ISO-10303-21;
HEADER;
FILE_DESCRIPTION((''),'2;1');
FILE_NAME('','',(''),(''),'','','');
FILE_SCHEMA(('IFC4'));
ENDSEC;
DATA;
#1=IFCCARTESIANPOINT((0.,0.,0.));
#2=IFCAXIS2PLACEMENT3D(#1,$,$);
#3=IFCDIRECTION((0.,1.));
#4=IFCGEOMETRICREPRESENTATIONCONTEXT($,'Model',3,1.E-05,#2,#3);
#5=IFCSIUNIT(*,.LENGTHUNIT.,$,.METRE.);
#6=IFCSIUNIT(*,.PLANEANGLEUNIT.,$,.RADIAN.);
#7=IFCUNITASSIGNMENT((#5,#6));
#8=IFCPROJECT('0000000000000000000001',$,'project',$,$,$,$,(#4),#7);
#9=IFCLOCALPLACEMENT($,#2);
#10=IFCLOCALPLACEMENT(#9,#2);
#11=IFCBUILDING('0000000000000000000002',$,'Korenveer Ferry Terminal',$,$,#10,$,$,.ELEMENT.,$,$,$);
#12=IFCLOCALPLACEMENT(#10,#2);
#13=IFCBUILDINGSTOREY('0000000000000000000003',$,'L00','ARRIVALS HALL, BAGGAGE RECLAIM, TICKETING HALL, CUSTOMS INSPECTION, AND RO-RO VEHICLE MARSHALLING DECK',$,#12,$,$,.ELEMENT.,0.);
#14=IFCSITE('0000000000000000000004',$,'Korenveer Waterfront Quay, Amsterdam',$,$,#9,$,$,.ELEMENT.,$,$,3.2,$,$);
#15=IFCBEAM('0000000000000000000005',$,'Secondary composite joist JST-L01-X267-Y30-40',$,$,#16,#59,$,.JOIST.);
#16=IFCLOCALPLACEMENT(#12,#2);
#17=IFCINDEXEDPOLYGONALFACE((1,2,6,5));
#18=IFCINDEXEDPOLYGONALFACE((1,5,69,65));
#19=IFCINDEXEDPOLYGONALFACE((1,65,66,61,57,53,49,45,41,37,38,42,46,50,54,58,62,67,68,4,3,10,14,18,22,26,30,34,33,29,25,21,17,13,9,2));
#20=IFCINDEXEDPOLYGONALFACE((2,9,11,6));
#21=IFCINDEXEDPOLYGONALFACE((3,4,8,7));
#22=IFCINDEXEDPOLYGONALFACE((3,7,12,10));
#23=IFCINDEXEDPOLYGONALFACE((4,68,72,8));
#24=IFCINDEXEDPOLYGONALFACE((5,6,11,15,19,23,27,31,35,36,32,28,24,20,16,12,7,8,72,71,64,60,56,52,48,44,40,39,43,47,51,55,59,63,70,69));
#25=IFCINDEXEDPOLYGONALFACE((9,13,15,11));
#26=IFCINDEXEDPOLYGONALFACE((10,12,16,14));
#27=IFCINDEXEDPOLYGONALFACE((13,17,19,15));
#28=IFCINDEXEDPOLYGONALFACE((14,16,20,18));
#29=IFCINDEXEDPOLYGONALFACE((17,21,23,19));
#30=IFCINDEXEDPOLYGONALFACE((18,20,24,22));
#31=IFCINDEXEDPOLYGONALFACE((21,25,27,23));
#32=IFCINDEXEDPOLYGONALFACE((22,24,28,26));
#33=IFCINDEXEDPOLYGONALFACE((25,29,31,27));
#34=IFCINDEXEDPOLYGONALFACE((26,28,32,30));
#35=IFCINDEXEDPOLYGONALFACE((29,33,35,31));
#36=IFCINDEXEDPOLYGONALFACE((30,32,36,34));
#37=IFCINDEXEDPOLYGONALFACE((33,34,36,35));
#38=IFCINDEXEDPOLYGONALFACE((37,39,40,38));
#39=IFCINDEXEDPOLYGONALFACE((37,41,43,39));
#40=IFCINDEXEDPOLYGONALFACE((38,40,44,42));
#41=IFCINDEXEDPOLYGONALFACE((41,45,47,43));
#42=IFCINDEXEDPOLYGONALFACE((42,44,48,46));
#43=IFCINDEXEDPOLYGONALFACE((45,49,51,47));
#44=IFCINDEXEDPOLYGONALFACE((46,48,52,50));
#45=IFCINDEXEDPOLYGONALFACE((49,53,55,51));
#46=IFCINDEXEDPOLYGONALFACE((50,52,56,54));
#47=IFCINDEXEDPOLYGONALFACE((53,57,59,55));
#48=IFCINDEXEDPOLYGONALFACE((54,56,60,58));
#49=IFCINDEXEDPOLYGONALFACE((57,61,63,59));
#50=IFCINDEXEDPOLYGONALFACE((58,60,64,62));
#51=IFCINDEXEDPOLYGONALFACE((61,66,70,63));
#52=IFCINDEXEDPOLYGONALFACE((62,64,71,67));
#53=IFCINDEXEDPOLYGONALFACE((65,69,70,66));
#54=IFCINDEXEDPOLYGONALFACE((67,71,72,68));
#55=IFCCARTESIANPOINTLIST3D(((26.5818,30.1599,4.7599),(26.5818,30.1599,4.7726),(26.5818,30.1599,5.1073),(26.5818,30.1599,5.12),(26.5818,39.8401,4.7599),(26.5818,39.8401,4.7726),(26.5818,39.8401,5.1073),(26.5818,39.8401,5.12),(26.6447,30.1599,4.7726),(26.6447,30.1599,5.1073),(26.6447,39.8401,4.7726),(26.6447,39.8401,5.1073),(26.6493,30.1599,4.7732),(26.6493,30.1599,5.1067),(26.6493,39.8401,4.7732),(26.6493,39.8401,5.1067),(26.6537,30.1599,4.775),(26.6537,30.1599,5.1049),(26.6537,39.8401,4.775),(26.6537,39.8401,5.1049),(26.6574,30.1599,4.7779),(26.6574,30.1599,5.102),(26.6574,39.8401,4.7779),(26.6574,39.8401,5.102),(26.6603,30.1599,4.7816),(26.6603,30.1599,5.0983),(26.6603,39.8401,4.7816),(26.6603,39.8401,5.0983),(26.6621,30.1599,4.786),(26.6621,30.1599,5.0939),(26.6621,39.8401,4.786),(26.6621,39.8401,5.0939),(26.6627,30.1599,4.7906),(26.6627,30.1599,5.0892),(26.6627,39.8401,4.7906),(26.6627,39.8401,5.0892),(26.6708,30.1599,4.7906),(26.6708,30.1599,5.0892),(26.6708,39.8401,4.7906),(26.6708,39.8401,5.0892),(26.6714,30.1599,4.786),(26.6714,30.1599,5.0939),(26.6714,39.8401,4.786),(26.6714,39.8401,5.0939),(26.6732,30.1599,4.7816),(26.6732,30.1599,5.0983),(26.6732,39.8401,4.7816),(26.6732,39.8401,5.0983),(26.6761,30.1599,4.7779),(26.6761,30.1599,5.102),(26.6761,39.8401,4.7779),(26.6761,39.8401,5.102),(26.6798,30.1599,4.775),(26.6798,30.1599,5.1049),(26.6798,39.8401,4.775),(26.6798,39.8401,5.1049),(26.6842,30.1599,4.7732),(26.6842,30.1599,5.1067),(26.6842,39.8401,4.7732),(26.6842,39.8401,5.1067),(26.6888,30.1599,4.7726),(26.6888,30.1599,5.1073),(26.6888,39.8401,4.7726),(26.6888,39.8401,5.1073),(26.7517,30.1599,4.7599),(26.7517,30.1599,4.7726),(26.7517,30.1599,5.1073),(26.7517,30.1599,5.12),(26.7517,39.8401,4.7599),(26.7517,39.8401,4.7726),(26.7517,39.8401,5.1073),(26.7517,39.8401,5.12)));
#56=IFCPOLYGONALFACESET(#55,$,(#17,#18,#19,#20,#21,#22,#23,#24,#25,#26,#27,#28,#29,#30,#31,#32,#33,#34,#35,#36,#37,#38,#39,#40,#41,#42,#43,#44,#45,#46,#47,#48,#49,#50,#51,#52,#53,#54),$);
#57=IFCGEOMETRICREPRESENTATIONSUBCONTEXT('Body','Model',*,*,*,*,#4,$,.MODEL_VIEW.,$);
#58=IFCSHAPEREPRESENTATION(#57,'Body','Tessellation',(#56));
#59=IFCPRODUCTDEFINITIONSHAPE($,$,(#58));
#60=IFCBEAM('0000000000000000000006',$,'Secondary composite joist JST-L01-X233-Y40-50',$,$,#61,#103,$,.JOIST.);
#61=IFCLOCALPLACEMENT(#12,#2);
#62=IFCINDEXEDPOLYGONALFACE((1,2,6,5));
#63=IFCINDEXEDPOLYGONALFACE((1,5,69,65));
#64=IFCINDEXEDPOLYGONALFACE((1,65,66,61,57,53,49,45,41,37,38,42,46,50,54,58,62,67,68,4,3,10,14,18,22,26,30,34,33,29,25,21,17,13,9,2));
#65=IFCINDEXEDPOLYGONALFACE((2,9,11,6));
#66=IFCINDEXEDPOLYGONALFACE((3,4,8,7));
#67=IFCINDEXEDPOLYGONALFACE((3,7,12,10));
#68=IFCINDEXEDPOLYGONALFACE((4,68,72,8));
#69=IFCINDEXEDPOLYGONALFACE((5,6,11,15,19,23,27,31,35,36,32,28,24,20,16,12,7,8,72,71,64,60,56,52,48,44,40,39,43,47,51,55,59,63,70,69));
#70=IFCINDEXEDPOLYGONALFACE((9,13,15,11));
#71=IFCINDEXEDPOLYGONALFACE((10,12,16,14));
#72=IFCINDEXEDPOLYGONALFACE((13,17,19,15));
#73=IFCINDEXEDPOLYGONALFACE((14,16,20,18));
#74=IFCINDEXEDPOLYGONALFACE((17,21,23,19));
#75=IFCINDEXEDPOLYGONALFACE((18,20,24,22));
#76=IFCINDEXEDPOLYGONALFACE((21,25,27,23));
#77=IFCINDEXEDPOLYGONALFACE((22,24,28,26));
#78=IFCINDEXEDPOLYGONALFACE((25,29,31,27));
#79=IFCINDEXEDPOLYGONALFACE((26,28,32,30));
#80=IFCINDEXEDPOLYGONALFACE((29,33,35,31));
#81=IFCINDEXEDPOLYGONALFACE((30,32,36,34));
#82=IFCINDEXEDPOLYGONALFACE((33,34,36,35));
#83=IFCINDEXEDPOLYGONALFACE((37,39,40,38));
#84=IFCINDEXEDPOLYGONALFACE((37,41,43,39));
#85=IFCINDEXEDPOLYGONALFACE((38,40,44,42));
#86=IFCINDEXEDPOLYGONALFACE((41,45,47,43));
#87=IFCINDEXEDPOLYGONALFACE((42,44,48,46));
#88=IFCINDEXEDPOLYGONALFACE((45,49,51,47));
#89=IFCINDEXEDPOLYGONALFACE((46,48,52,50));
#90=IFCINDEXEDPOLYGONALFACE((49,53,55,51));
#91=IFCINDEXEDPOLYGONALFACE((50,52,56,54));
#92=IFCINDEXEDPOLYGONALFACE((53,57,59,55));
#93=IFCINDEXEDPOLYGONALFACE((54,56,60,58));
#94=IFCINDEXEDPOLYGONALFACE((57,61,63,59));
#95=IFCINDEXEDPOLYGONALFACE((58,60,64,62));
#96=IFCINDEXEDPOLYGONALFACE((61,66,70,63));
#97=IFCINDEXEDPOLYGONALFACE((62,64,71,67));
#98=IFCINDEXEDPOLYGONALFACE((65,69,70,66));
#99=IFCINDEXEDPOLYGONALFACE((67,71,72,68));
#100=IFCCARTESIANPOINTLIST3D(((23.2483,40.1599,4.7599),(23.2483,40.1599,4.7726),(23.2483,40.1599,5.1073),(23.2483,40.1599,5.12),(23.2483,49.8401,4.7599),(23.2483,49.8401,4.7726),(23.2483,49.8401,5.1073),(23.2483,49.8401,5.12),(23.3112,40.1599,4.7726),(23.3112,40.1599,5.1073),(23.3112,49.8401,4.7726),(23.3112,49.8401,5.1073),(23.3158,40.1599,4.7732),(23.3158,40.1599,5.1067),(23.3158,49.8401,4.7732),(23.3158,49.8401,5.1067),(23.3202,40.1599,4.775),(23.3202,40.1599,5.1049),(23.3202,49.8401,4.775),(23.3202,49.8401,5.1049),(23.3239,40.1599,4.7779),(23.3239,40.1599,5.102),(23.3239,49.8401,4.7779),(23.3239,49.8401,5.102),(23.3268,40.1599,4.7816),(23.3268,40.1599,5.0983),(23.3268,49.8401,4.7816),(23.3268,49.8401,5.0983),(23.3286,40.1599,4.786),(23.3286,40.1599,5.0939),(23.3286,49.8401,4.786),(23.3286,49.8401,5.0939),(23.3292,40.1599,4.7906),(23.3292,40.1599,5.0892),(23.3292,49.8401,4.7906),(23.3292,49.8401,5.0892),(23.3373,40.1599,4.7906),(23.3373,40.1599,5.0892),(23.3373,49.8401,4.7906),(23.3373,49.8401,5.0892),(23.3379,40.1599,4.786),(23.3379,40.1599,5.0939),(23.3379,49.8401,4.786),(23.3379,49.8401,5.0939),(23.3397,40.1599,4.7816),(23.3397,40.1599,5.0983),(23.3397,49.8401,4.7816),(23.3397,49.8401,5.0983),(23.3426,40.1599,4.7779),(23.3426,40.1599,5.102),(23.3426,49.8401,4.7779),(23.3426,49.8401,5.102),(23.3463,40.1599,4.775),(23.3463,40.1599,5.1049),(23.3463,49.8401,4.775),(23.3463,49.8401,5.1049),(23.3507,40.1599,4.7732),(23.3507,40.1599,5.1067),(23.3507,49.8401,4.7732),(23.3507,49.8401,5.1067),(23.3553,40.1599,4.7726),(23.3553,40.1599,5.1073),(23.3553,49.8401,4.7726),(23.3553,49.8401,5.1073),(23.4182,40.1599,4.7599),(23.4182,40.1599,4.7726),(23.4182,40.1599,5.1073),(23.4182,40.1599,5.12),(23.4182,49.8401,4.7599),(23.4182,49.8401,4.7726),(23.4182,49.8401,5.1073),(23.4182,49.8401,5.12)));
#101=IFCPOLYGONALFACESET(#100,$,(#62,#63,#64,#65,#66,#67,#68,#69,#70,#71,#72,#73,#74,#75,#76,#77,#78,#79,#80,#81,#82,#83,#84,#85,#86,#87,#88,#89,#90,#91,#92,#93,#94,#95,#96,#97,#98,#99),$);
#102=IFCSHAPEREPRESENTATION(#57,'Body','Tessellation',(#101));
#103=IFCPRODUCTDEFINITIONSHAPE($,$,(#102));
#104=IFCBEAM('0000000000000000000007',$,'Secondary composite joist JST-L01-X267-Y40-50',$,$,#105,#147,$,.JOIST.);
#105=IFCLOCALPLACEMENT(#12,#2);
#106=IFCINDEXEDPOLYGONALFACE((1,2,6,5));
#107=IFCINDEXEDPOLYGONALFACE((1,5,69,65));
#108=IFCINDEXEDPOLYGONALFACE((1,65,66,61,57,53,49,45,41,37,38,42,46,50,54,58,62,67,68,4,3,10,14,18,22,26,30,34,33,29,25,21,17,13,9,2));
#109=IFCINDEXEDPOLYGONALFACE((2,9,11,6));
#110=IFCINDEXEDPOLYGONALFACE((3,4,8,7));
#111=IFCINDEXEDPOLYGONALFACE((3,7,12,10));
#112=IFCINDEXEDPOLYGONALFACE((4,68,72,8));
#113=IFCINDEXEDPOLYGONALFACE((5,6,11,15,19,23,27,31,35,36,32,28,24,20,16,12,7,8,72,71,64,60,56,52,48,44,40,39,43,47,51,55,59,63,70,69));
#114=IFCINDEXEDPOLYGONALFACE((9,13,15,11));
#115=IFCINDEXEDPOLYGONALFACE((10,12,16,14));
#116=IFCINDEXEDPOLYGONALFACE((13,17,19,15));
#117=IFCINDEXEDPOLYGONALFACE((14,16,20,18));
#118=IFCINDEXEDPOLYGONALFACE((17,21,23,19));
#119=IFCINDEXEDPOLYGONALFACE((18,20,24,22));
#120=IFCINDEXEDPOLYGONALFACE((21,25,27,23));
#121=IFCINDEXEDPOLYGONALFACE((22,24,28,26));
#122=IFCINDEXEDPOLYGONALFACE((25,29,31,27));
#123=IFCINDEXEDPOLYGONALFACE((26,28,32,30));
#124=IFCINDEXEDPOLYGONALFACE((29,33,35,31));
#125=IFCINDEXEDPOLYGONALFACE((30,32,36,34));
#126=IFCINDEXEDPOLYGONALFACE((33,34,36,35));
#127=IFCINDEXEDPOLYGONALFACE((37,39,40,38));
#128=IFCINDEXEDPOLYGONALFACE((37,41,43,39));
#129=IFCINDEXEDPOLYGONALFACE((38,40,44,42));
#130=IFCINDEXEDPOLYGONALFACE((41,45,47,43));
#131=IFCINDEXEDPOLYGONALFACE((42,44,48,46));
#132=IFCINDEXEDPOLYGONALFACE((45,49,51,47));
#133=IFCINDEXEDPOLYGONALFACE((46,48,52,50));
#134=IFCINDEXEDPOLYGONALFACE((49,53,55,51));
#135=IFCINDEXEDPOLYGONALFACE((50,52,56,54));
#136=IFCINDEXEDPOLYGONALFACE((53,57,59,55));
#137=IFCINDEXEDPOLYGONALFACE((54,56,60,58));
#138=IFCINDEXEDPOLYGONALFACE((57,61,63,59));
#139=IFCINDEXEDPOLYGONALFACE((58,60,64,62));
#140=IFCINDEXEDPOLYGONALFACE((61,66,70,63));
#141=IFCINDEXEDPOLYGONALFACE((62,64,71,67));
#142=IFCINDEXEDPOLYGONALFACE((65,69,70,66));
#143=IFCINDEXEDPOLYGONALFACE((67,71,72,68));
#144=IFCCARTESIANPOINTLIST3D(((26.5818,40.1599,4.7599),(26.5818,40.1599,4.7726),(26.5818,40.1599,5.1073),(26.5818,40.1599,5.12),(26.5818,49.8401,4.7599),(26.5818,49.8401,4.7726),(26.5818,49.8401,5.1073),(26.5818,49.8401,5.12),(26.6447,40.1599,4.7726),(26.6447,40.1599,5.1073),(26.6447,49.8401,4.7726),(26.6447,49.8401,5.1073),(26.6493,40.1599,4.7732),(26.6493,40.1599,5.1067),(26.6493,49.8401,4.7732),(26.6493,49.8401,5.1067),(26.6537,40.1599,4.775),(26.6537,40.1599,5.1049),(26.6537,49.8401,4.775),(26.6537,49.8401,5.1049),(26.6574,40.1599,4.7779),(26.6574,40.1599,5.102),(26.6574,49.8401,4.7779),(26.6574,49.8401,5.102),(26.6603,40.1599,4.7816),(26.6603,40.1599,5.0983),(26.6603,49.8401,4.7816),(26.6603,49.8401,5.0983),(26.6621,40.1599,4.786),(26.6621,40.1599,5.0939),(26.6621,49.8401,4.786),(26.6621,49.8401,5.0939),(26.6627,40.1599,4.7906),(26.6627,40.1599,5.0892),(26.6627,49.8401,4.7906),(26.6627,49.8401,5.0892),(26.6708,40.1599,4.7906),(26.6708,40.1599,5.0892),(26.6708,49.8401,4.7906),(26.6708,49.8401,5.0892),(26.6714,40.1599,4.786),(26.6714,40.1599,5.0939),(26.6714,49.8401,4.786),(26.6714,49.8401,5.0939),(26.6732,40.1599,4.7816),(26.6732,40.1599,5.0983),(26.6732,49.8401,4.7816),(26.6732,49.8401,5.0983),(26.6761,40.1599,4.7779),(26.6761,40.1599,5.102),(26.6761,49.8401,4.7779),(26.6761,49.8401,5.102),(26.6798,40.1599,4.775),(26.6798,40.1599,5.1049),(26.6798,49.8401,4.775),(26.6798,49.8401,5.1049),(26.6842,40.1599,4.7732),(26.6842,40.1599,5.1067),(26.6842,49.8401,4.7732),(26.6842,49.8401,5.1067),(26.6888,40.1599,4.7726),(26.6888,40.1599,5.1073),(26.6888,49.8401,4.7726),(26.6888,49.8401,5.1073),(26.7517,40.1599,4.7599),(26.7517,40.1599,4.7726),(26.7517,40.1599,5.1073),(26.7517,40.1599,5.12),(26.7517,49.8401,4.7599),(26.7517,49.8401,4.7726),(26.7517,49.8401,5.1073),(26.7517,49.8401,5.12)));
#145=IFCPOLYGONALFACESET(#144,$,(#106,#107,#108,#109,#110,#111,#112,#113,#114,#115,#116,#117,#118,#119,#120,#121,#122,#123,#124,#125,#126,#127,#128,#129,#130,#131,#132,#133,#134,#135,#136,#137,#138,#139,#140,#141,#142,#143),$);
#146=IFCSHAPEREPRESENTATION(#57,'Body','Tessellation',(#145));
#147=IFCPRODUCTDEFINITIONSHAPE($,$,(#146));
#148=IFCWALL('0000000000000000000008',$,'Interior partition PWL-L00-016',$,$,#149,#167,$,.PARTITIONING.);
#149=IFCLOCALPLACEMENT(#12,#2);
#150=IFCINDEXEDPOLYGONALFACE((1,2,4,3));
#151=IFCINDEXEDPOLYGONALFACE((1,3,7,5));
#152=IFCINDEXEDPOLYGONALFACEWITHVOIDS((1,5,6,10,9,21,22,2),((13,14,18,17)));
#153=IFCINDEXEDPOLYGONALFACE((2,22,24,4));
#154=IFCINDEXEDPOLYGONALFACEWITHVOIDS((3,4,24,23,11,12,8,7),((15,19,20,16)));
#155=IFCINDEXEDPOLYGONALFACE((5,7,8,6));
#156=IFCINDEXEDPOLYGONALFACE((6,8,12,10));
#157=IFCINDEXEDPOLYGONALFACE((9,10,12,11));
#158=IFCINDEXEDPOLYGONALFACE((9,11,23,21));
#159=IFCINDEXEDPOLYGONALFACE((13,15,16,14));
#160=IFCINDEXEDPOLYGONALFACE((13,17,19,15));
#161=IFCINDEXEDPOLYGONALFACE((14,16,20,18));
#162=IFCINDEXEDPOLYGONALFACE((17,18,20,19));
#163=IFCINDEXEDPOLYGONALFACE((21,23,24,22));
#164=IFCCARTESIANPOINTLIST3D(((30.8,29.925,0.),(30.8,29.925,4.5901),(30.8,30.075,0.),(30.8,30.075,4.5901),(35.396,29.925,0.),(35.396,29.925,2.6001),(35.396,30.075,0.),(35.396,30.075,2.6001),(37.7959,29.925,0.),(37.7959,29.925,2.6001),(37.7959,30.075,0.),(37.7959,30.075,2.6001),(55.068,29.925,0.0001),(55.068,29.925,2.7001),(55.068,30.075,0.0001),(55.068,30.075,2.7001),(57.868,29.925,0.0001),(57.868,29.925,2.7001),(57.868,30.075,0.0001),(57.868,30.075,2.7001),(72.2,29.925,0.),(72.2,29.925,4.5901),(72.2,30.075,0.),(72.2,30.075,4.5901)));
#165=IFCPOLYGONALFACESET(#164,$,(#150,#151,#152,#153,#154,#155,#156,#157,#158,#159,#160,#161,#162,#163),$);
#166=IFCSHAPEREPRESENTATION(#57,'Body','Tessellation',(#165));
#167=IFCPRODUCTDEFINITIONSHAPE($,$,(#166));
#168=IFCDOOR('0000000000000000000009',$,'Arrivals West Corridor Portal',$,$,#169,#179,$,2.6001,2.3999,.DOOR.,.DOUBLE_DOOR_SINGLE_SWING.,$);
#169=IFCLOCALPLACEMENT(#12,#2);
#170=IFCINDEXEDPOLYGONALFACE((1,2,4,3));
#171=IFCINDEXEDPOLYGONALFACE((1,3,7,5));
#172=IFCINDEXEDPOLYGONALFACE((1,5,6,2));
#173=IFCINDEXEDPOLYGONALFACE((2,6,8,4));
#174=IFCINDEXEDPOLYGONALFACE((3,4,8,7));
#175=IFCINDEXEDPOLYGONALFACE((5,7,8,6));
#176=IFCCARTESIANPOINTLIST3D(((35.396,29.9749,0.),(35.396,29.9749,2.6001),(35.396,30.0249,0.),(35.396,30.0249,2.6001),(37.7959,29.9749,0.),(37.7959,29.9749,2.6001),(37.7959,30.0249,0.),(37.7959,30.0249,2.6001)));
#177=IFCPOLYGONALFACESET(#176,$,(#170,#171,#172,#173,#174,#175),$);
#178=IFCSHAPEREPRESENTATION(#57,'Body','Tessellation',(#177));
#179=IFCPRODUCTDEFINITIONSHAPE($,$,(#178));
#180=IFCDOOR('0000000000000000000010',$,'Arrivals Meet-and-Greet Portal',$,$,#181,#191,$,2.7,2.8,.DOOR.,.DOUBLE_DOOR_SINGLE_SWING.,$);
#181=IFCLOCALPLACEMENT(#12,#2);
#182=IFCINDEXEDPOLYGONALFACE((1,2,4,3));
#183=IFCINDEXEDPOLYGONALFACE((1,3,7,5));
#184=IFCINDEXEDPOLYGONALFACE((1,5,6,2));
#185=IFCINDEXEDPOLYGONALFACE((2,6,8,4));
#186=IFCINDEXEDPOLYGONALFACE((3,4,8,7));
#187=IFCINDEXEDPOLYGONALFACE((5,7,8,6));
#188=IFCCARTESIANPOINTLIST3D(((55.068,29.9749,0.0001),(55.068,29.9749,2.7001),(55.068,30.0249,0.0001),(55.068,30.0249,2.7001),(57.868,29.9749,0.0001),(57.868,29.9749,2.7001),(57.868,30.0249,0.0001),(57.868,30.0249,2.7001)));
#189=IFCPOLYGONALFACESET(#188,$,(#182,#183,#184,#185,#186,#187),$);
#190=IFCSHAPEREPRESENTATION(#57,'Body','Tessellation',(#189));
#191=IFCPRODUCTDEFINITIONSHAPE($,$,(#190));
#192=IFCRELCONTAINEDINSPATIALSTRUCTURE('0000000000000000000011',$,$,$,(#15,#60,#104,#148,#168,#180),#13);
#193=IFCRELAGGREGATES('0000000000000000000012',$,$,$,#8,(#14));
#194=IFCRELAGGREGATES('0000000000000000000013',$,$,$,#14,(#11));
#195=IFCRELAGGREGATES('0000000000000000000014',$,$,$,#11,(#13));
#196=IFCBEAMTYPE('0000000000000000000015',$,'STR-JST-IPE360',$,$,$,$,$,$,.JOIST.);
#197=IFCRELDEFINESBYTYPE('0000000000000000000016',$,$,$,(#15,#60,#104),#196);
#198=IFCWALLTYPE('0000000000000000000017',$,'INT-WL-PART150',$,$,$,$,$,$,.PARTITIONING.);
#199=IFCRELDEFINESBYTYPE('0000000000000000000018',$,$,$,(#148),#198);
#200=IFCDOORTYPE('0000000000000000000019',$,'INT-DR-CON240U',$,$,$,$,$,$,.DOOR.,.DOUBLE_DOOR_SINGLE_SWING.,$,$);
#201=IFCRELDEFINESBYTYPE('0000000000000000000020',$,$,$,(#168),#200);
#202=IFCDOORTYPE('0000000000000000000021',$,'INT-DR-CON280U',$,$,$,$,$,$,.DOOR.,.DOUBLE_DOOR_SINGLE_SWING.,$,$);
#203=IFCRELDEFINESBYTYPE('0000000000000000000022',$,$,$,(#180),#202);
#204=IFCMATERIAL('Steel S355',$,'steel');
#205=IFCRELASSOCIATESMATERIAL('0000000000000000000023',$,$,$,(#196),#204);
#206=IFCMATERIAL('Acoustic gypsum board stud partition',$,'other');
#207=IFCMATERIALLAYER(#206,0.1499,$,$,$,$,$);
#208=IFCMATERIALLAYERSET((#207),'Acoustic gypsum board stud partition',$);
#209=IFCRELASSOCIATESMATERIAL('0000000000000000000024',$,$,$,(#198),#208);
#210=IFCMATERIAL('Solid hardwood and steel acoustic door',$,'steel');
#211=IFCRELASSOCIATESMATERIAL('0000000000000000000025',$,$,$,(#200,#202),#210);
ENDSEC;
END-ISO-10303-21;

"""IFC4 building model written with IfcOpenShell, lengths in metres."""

from ifc_helpers import new_model, si_unit, direction, frame, frame_2d, origin, origin_2d, place, context, subcontext, project, spatial, rectangle, i_section, extrude, material, layer, layer_set, material_profile, profile_set, type_object, element, fill, save


model = new_model("IFC4")

# Units and contexts
model_context = context("Model", 3, precision=1e-05, world=origin(), true_north=direction((0.0, 1.0)))
body_context = subcontext(model_context, "Body", "Model", "MODEL_VIEW")
ifc_project = project(units=[si_unit("LENGTHUNIT", "METRE"), si_unit("PLANEANGLEUNIT", "RADIAN")], contexts=[model_context])

# Site, building, storey
site_placement = place(None, origin())
site = spatial("IfcSite", under=ifc_project, at=site_placement, Name="Korenveer Waterfront Quay, Amsterdam", CompositionType="ELEMENT", RefElevation=3.2)
building_placement = place(site_placement, origin())
building = spatial("IfcBuilding", under=site, at=building_placement, Name="Korenveer Ferry Terminal", CompositionType="ELEMENT")
storey_placement = place(building_placement, origin())
storey = spatial("IfcBuildingStorey", under=building, at=storey_placement, Name="L00", Description="ARRIVALS HALL, BAGGAGE RECLAIM, TICKETING HALL, CUSTOMS INSPECTION, AND RO-RO VEHICLE MARSHALLING DECK", CompositionType="ELEMENT", Elevation=0.0)

# Beams
ifc_material_1 = material(Name="Steel S355", Category="steel")
ifc_material_profile_1 = material_profile(ifc_material_1, i_section(OverallWidth=0.1699, OverallDepth=0.3601, WebThickness=0.0081, FlangeThickness=0.0127, FilletRadius=0.0181, at=origin_2d()), Name="IPE 360")
ifc_profile_set_1 = profile_set([ifc_material_profile_1], Name="Steel S355")
beam_type_1 = type_object("IfcBeamType", Name="STR-JST-IPE360", PredefinedType="JOIST", material=ifc_profile_set_1)
for number, where, z_axis, x_axis, name in (
    (1, (26.6667, 30.1599, 4.9399), (0.0, 1.0, 0.0), (-1.0, 0.0, 0.0), "Secondary composite joist JST-L01-X267-Y30-40"),
    (2, (23.3333, 40.1599, 4.9399), (0.0, 1.0, 0.0), (-1.0, 0.0, 0.0), "Secondary composite joist JST-L01-X233-Y40-50"),
    (3, (26.6667, 40.1599, 4.9399), (0.0, 1.0, 0.0), (-1.0, 0.0, 0.0), "Secondary composite joist JST-L01-X267-Y40-50"),
):
    element("IfcBeam", number, at=place(storey_placement, frame(where, z_axis=z_axis, x_axis=x_axis)), inside=storey, type_object=beam_type_1, Name=name, PredefinedType="JOIST", context=body_context, shape_type="SweptSolid", body=[
        extrude(i_section(OverallWidth=0.1699, OverallDepth=0.3601, WebThickness=0.0081, FlangeThickness=0.0127, FilletRadius=0.0181, at=origin_2d()), origin(), (0.0, 0.0, 1.0), 9.6802),
    ])

# Wall, openings, doors
ifc_material_2 = material(Name="Acoustic gypsum board stud partition", Category="other")
ifc_layer = layer(ifc_material_2, 0.1499)
ifc_layer_set = layer_set([ifc_layer], Name="Acoustic gypsum board stud partition")
wall_type = type_object("IfcWallType", Name="INT-WL-PART150", PredefinedType="PARTITIONING", material=ifc_layer_set)
wall_placement = place(storey_placement, frame((30.8, 30.0, 0.0), z_axis=(0.0, 0.0, 1.0), x_axis=(1.0, 0.0, 0.0)))
wall = element("IfcWall", 4, at=wall_placement, inside=storey, type_object=wall_type, Name="Interior partition PWL-L00-016", PredefinedType="PARTITIONING", context=body_context, shape_type="SweptSolid", body=[
    extrude(rectangle(XDim=41.3999, YDim=0.1499, at=frame_2d((20.7, 0.0))), origin(), (0.0, 0.0, 1.0), 4.5901),
])
opening_1_placement = place(wall_placement, frame((4.5959, 0.0, 0.0)))
opening_1 = element("IfcOpeningElement", 5, at=opening_1_placement, cuts=wall, PredefinedType="OPENING", context=body_context, shape_type="SweptSolid", body=[
    extrude(rectangle(XDim=2.3999, YDim=2.6001, at=frame_2d((1.2, 1.3))), frame((0.0, 0.085, 0.0), z_axis=(0.0, -1.0, 0.0), x_axis=(1.0, 0.0, 0.0)), (0.0, 0.0, 1.0), 0.1699),
])
opening_2_placement = place(wall_placement, frame((24.2681, 0.0, 0.0)))
opening_2 = element("IfcOpeningElement", 6, at=opening_2_placement, cuts=wall, PredefinedType="OPENING", context=body_context, shape_type="SweptSolid", body=[
    extrude(rectangle(XDim=2.8, YDim=2.7, at=frame_2d((1.3999, 1.3501))), frame((0.0, 0.085, 0.0), z_axis=(0.0, -1.0, 0.0), x_axis=(1.0, 0.0, 0.0)), (0.0, 0.0, 1.0), 0.1699),
])
ifc_material_3 = material(Name="Solid hardwood and steel acoustic door", Category="steel")
door_type_1 = type_object("IfcDoorType", Name="INT-DR-CON240U", OperationType="DOUBLE_DOOR_SINGLE_SWING", PredefinedType="DOOR", material=ifc_material_3)
door_1_placement = place(opening_1_placement, origin())
door_1 = element("IfcDoor", 7, at=door_1_placement, inside=storey, type_object=door_type_1, Name="Arrivals West Corridor Portal", OperationType="DOUBLE_DOOR_SINGLE_SWING", OverallHeight=2.6001, OverallWidth=2.3999, PredefinedType="DOOR", context=body_context, shape_type="SweptSolid", body=[
    extrude(rectangle(XDim=2.3999, YDim=2.6001, at=frame_2d((1.2, 1.3))), frame((0.0, 0.0249, 0.0), z_axis=(0.0, -1.0, 0.0), x_axis=(1.0, 0.0, 0.0)), (0.0, 0.0, 1.0), 0.05),
])
fill(opening_1, door_1)
door_type_2 = type_object("IfcDoorType", Name="INT-DR-CON280U", OperationType="DOUBLE_DOOR_SINGLE_SWING", PredefinedType="DOOR", material=ifc_material_3)
door_2_placement = place(opening_2_placement, origin())
door_2 = element("IfcDoor", 8, at=door_2_placement, inside=storey, type_object=door_type_2, Name="Arrivals Meet-and-Greet Portal", OperationType="DOUBLE_DOOR_SINGLE_SWING", OverallHeight=2.7, OverallWidth=2.8, PredefinedType="DOOR", context=body_context, shape_type="SweptSolid", body=[
    extrude(rectangle(XDim=2.8, YDim=2.7, at=frame_2d((1.3999, 1.3501))), frame((0.0, 0.0249, 0.0), z_axis=(0.0, -1.0, 0.0), x_axis=(1.0, 0.0, 0.0)), (0.0, 0.0, 1.0), 0.05),
])
fill(opening_2, door_2)

save(model, "model.ifc")
